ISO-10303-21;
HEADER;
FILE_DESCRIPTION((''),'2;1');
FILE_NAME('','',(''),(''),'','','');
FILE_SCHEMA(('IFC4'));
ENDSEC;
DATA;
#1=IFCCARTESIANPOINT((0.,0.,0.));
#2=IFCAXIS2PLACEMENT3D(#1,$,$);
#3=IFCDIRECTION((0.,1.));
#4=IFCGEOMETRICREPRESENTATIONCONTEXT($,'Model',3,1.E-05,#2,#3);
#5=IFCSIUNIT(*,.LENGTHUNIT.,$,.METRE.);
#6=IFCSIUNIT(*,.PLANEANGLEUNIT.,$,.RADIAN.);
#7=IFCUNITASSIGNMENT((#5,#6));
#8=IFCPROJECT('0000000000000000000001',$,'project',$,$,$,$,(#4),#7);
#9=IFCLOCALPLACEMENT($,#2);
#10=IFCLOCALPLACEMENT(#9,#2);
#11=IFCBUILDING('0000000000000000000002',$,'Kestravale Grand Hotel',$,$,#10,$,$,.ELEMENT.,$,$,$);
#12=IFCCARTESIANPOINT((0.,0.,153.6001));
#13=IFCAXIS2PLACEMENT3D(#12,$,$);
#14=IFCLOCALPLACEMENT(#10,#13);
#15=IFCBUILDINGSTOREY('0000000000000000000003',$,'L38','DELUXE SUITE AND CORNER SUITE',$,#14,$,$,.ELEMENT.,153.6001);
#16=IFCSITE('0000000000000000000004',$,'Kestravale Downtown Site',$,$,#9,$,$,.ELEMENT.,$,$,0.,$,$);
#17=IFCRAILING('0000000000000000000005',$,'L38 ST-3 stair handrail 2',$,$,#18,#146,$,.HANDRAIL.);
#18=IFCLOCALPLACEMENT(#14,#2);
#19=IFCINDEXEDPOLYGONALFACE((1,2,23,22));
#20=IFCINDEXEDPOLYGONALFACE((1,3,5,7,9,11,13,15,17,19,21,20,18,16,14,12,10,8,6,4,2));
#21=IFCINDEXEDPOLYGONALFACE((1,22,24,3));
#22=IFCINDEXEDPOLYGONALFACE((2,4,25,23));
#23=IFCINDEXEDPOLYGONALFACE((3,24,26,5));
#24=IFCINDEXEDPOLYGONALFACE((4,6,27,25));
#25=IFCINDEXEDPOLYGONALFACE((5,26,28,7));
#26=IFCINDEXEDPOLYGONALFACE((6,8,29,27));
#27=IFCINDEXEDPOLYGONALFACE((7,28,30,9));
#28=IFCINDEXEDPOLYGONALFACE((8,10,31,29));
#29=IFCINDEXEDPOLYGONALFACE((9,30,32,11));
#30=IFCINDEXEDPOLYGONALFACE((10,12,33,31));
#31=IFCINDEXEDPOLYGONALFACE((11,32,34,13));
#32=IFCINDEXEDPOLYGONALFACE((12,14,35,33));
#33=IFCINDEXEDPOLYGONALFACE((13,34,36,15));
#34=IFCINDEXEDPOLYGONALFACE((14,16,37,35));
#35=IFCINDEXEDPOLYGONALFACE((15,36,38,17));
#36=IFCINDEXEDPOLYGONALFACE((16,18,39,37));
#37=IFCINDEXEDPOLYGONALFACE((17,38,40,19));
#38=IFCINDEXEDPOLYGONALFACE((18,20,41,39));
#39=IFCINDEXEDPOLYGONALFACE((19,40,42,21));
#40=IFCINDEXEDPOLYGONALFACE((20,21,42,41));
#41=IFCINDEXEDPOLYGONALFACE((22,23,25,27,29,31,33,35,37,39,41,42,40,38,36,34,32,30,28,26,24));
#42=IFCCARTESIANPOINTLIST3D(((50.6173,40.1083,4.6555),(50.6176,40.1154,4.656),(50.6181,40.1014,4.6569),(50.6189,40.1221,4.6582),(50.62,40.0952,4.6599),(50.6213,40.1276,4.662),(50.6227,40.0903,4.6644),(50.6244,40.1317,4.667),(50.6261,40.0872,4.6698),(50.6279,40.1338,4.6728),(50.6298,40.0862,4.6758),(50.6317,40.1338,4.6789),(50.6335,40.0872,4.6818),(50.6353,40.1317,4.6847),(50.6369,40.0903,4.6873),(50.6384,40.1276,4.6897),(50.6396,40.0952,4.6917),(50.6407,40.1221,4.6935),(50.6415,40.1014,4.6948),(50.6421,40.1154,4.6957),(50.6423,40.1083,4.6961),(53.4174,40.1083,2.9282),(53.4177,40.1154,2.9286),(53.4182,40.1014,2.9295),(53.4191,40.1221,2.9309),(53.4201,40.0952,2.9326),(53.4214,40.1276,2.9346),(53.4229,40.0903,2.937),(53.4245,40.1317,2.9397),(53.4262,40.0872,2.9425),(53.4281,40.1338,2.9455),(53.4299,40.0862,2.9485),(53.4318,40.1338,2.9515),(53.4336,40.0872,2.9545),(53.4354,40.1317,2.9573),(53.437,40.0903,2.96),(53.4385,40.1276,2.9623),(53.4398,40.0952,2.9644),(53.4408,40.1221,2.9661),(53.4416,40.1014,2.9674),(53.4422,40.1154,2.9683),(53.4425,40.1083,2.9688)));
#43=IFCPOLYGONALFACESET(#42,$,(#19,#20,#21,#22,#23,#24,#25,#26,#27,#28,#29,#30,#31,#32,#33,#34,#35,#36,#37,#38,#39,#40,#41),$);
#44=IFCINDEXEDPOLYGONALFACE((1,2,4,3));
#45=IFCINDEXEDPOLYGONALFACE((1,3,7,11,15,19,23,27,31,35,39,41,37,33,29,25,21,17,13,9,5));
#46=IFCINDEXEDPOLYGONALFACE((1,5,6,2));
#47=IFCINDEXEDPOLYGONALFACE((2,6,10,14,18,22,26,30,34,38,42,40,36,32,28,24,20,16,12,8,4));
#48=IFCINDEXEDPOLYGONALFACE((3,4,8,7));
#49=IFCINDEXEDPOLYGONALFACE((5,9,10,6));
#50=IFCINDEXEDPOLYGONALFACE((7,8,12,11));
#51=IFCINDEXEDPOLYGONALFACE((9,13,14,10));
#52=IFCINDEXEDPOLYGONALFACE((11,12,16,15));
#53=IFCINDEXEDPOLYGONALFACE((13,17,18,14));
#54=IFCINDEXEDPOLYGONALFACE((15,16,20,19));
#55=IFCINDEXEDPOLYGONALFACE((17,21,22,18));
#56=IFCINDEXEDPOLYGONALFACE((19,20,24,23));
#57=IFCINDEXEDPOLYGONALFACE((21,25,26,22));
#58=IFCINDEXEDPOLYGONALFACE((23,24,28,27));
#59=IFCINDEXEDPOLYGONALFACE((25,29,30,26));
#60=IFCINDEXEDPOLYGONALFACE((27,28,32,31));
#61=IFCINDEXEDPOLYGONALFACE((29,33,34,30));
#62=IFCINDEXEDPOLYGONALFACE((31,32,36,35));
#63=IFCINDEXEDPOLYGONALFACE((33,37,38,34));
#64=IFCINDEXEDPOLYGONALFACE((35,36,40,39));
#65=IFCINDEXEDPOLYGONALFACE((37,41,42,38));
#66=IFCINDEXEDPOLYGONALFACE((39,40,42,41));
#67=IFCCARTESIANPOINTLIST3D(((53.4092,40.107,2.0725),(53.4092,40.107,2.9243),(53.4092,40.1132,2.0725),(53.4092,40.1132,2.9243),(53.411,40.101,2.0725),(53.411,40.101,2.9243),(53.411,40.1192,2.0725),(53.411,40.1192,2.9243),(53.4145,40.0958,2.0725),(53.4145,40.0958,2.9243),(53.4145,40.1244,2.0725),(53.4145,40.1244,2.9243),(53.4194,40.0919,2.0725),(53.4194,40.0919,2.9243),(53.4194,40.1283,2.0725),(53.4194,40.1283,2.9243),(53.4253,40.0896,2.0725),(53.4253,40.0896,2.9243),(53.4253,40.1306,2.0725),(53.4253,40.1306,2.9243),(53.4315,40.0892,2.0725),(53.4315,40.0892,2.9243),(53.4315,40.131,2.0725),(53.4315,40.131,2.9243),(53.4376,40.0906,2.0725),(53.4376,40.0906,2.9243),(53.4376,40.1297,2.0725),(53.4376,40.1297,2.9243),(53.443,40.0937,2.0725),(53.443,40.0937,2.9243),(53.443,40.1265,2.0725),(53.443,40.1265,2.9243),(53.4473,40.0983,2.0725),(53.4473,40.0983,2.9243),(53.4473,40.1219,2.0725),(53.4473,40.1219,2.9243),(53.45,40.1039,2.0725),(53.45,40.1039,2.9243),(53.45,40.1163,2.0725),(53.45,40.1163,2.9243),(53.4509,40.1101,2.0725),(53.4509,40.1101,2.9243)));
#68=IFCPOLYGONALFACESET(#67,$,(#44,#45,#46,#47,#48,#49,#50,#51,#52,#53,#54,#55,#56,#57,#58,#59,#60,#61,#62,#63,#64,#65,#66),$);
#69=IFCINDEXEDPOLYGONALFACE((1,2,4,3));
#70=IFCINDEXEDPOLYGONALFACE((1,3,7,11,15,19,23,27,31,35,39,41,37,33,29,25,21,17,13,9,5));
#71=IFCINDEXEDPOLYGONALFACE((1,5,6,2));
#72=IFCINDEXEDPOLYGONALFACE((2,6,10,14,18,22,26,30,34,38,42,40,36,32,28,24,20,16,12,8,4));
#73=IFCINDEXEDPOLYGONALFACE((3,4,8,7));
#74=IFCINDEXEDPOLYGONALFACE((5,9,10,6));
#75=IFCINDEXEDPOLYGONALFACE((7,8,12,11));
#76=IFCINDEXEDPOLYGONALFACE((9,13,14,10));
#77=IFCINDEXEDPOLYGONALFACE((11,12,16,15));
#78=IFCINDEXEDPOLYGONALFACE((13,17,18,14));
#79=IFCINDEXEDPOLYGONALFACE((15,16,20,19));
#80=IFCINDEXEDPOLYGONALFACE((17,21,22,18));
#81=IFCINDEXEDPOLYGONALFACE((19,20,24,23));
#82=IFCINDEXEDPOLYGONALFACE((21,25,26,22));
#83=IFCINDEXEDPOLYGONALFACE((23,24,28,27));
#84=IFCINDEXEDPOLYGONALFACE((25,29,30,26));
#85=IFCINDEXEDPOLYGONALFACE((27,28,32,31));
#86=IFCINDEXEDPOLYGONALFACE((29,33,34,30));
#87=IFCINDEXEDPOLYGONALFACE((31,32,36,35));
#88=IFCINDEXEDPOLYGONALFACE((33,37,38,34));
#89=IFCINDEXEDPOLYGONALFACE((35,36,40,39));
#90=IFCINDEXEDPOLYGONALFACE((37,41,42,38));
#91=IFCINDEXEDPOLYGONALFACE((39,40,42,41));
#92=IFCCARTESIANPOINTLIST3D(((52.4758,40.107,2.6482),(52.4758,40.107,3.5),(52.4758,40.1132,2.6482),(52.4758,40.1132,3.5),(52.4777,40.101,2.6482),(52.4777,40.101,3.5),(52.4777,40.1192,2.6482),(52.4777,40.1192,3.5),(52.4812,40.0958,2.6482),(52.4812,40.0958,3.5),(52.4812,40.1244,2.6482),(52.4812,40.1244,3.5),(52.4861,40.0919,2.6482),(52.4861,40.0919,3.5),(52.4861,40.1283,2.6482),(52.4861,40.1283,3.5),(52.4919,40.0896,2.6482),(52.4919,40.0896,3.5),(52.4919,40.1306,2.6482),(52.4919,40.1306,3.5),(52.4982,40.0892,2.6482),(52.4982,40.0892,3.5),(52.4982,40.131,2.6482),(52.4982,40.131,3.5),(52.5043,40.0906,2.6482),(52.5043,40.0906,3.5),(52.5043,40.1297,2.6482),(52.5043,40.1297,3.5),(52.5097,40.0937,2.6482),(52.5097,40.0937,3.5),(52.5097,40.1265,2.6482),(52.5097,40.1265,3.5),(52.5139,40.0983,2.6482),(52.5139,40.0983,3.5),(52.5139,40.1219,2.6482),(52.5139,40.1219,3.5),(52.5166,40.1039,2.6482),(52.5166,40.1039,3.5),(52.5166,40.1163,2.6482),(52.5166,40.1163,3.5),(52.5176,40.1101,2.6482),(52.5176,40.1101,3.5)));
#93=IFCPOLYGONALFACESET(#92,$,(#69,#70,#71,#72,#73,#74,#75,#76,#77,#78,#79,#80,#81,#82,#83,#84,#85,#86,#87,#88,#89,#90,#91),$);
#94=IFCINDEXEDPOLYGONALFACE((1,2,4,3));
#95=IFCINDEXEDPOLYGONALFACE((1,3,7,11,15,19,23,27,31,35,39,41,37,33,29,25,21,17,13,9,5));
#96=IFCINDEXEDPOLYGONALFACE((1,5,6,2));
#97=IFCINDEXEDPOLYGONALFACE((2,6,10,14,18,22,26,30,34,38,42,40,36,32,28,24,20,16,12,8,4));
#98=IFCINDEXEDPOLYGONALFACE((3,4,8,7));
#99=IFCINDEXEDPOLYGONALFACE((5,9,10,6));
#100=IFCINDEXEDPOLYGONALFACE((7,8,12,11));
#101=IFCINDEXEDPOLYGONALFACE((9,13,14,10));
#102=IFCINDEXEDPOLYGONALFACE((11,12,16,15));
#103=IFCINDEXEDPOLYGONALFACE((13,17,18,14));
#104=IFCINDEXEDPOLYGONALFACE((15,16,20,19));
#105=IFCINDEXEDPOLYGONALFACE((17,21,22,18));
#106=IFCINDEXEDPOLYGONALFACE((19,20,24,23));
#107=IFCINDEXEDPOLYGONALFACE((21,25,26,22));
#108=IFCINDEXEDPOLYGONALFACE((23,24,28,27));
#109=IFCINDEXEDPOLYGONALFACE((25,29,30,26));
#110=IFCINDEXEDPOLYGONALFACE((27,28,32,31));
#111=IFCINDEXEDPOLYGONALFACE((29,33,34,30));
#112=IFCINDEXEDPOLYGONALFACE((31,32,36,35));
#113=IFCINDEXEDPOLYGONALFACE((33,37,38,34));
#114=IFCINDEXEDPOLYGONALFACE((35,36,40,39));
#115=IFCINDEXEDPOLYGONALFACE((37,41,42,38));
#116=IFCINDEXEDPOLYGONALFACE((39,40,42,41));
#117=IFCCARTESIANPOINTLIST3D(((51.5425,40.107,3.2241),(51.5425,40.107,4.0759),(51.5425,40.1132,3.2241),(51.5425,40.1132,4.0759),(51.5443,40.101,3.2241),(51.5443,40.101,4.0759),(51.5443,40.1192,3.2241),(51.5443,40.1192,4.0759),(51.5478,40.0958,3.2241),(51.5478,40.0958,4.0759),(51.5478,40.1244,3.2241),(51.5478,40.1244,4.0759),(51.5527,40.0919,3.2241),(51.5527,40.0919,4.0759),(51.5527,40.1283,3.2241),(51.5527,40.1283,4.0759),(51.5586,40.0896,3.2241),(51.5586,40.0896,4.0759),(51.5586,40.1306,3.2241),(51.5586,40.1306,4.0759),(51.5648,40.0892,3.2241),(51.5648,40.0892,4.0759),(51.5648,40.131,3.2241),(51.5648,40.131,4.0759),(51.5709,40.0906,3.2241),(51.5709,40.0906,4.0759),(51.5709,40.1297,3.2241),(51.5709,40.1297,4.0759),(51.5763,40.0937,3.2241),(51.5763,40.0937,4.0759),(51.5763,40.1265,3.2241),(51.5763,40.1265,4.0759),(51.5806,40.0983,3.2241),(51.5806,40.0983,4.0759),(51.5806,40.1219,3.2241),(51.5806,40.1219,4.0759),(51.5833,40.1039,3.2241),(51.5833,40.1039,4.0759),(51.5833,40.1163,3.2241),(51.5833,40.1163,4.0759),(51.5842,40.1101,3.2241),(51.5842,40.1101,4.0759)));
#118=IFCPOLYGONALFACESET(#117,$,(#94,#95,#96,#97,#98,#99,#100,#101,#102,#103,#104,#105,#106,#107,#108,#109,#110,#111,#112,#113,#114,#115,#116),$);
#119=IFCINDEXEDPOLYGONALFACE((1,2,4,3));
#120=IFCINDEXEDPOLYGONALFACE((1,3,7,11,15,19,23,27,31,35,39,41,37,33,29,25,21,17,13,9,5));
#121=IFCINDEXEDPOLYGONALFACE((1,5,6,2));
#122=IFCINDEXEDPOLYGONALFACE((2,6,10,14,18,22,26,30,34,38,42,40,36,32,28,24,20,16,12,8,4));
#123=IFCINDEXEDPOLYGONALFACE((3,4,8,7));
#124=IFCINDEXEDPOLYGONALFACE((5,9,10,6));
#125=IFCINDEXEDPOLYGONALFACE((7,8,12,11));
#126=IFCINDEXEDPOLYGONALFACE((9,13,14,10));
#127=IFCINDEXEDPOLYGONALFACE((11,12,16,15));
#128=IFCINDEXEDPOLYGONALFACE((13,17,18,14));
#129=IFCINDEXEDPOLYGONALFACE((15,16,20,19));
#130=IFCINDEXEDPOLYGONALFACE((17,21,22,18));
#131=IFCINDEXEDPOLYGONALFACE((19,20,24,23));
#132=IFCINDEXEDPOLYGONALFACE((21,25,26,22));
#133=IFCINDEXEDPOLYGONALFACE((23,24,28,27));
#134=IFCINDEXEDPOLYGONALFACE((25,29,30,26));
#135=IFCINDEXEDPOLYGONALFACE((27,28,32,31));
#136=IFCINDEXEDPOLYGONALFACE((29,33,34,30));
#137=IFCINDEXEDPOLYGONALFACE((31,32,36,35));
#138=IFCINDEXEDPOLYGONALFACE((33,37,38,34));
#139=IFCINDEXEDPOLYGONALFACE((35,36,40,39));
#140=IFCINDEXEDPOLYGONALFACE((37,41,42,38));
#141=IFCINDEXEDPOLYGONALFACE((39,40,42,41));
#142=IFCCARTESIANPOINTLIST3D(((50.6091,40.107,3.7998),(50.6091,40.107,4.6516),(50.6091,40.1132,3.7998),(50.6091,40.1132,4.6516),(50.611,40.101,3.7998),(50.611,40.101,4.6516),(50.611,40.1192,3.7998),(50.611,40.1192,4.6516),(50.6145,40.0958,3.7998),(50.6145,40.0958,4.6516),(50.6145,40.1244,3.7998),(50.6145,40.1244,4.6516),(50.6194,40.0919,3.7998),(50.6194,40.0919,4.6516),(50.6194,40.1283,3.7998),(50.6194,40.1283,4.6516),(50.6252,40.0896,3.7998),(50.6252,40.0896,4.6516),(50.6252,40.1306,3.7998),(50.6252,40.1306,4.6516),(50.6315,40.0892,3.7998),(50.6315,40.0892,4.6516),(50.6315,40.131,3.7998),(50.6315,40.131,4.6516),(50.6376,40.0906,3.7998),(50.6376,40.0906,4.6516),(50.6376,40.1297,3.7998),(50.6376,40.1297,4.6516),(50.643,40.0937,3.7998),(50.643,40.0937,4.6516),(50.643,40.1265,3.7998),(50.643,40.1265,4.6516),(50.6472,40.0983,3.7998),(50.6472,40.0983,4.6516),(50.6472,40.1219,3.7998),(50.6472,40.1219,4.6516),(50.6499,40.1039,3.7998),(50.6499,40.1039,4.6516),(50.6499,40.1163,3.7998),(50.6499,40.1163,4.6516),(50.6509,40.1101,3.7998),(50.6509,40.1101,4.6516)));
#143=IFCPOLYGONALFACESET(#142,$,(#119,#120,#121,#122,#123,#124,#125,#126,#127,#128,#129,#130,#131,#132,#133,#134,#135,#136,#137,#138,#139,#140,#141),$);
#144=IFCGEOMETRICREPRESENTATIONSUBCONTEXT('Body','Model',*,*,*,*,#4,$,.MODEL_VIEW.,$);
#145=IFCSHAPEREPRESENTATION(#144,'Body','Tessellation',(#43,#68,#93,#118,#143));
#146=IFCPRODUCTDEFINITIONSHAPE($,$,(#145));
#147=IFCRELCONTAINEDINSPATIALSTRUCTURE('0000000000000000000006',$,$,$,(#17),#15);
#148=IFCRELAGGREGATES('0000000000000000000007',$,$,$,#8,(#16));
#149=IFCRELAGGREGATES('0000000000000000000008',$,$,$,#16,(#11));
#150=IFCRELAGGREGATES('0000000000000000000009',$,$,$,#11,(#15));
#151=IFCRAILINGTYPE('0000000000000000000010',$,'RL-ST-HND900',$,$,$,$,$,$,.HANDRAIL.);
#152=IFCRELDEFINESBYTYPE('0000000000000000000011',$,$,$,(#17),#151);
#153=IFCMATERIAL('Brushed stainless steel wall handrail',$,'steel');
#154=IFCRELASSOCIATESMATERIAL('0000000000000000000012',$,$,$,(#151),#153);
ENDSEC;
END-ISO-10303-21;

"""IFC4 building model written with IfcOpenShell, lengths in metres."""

from ifc_helpers import new_model, si_unit, direction, frame, origin, origin_2d, place, context, subcontext, project, spatial, circle, extrude, material, type_object, element, save


model = new_model("IFC4")

# Units and contexts
model_context = context("Model", 3, precision=1e-05, world=origin(), true_north=direction((0.0, 1.0)))
body_context = subcontext(model_context, "Body", "Model", "MODEL_VIEW")
ifc_project = project(units=[si_unit("LENGTHUNIT", "METRE"), si_unit("PLANEANGLEUNIT", "RADIAN")], contexts=[model_context])

# Site, building, storey
site_placement = place(None, origin())
site = spatial("IfcSite", under=ifc_project, at=site_placement, Name="Kestravale Downtown Site", CompositionType="ELEMENT", RefElevation=0.0)
building_placement = place(site_placement, origin())
building = spatial("IfcBuilding", under=site, at=building_placement, Name="Kestravale Grand Hotel", CompositionType="ELEMENT")
storey_placement = place(building_placement, frame((0.0, 0.0, 153.6001)))
storey = spatial("IfcBuildingStorey", under=building, at=storey_placement, Name="L38", Description="DELUXE SUITE AND CORNER SUITE", CompositionType="ELEMENT", Elevation=153.6001)

# Railing
ifc_material_1 = material(Name="Brushed stainless steel wall handrail", Category="steel")
railing_type_1 = type_object("IfcRailingType", Name="RL-ST-HND900", PredefinedType="HANDRAIL", material=ifc_material_1)
railing_1_placement = place(storey_placement, frame((53.4299, 40.1101, 2.0725)))
element("IfcRailing", 1, at=railing_1_placement, inside=storey, type_object=railing_type_1, Name="L38 ST-3 stair handrail 2", PredefinedType="HANDRAIL", context=body_context, shape_type="SweptSolid", body=[
    extrude(circle(Radius=0.0239, at=origin_2d()), frame((0.0, 0.0, 0.876), z_axis=(-0.85109, 0.0, 0.52502), x_axis=(0.0, -1.0, 0.0)), (0.0, 0.0, 1.0), 3.29),
    extrude(circle(Radius=0.021, at=origin_2d()), origin(), (0.0, 0.0, 1.0), 0.8518),
    extrude(circle(Radius=0.021, at=origin_2d()), frame((-0.9333, 0.0, 0.5757)), (0.0, 0.0, 1.0), 0.8518),
    extrude(circle(Radius=0.021, at=origin_2d()), frame((-1.8667, 0.0, 1.1516)), (0.0, 0.0, 1.0), 0.8518),
    extrude(circle(Radius=0.021, at=origin_2d()), frame((-2.8, 0.0, 1.7273)), (0.0, 0.0, 1.0), 0.8518),
])

save(model, "model.ifc")
